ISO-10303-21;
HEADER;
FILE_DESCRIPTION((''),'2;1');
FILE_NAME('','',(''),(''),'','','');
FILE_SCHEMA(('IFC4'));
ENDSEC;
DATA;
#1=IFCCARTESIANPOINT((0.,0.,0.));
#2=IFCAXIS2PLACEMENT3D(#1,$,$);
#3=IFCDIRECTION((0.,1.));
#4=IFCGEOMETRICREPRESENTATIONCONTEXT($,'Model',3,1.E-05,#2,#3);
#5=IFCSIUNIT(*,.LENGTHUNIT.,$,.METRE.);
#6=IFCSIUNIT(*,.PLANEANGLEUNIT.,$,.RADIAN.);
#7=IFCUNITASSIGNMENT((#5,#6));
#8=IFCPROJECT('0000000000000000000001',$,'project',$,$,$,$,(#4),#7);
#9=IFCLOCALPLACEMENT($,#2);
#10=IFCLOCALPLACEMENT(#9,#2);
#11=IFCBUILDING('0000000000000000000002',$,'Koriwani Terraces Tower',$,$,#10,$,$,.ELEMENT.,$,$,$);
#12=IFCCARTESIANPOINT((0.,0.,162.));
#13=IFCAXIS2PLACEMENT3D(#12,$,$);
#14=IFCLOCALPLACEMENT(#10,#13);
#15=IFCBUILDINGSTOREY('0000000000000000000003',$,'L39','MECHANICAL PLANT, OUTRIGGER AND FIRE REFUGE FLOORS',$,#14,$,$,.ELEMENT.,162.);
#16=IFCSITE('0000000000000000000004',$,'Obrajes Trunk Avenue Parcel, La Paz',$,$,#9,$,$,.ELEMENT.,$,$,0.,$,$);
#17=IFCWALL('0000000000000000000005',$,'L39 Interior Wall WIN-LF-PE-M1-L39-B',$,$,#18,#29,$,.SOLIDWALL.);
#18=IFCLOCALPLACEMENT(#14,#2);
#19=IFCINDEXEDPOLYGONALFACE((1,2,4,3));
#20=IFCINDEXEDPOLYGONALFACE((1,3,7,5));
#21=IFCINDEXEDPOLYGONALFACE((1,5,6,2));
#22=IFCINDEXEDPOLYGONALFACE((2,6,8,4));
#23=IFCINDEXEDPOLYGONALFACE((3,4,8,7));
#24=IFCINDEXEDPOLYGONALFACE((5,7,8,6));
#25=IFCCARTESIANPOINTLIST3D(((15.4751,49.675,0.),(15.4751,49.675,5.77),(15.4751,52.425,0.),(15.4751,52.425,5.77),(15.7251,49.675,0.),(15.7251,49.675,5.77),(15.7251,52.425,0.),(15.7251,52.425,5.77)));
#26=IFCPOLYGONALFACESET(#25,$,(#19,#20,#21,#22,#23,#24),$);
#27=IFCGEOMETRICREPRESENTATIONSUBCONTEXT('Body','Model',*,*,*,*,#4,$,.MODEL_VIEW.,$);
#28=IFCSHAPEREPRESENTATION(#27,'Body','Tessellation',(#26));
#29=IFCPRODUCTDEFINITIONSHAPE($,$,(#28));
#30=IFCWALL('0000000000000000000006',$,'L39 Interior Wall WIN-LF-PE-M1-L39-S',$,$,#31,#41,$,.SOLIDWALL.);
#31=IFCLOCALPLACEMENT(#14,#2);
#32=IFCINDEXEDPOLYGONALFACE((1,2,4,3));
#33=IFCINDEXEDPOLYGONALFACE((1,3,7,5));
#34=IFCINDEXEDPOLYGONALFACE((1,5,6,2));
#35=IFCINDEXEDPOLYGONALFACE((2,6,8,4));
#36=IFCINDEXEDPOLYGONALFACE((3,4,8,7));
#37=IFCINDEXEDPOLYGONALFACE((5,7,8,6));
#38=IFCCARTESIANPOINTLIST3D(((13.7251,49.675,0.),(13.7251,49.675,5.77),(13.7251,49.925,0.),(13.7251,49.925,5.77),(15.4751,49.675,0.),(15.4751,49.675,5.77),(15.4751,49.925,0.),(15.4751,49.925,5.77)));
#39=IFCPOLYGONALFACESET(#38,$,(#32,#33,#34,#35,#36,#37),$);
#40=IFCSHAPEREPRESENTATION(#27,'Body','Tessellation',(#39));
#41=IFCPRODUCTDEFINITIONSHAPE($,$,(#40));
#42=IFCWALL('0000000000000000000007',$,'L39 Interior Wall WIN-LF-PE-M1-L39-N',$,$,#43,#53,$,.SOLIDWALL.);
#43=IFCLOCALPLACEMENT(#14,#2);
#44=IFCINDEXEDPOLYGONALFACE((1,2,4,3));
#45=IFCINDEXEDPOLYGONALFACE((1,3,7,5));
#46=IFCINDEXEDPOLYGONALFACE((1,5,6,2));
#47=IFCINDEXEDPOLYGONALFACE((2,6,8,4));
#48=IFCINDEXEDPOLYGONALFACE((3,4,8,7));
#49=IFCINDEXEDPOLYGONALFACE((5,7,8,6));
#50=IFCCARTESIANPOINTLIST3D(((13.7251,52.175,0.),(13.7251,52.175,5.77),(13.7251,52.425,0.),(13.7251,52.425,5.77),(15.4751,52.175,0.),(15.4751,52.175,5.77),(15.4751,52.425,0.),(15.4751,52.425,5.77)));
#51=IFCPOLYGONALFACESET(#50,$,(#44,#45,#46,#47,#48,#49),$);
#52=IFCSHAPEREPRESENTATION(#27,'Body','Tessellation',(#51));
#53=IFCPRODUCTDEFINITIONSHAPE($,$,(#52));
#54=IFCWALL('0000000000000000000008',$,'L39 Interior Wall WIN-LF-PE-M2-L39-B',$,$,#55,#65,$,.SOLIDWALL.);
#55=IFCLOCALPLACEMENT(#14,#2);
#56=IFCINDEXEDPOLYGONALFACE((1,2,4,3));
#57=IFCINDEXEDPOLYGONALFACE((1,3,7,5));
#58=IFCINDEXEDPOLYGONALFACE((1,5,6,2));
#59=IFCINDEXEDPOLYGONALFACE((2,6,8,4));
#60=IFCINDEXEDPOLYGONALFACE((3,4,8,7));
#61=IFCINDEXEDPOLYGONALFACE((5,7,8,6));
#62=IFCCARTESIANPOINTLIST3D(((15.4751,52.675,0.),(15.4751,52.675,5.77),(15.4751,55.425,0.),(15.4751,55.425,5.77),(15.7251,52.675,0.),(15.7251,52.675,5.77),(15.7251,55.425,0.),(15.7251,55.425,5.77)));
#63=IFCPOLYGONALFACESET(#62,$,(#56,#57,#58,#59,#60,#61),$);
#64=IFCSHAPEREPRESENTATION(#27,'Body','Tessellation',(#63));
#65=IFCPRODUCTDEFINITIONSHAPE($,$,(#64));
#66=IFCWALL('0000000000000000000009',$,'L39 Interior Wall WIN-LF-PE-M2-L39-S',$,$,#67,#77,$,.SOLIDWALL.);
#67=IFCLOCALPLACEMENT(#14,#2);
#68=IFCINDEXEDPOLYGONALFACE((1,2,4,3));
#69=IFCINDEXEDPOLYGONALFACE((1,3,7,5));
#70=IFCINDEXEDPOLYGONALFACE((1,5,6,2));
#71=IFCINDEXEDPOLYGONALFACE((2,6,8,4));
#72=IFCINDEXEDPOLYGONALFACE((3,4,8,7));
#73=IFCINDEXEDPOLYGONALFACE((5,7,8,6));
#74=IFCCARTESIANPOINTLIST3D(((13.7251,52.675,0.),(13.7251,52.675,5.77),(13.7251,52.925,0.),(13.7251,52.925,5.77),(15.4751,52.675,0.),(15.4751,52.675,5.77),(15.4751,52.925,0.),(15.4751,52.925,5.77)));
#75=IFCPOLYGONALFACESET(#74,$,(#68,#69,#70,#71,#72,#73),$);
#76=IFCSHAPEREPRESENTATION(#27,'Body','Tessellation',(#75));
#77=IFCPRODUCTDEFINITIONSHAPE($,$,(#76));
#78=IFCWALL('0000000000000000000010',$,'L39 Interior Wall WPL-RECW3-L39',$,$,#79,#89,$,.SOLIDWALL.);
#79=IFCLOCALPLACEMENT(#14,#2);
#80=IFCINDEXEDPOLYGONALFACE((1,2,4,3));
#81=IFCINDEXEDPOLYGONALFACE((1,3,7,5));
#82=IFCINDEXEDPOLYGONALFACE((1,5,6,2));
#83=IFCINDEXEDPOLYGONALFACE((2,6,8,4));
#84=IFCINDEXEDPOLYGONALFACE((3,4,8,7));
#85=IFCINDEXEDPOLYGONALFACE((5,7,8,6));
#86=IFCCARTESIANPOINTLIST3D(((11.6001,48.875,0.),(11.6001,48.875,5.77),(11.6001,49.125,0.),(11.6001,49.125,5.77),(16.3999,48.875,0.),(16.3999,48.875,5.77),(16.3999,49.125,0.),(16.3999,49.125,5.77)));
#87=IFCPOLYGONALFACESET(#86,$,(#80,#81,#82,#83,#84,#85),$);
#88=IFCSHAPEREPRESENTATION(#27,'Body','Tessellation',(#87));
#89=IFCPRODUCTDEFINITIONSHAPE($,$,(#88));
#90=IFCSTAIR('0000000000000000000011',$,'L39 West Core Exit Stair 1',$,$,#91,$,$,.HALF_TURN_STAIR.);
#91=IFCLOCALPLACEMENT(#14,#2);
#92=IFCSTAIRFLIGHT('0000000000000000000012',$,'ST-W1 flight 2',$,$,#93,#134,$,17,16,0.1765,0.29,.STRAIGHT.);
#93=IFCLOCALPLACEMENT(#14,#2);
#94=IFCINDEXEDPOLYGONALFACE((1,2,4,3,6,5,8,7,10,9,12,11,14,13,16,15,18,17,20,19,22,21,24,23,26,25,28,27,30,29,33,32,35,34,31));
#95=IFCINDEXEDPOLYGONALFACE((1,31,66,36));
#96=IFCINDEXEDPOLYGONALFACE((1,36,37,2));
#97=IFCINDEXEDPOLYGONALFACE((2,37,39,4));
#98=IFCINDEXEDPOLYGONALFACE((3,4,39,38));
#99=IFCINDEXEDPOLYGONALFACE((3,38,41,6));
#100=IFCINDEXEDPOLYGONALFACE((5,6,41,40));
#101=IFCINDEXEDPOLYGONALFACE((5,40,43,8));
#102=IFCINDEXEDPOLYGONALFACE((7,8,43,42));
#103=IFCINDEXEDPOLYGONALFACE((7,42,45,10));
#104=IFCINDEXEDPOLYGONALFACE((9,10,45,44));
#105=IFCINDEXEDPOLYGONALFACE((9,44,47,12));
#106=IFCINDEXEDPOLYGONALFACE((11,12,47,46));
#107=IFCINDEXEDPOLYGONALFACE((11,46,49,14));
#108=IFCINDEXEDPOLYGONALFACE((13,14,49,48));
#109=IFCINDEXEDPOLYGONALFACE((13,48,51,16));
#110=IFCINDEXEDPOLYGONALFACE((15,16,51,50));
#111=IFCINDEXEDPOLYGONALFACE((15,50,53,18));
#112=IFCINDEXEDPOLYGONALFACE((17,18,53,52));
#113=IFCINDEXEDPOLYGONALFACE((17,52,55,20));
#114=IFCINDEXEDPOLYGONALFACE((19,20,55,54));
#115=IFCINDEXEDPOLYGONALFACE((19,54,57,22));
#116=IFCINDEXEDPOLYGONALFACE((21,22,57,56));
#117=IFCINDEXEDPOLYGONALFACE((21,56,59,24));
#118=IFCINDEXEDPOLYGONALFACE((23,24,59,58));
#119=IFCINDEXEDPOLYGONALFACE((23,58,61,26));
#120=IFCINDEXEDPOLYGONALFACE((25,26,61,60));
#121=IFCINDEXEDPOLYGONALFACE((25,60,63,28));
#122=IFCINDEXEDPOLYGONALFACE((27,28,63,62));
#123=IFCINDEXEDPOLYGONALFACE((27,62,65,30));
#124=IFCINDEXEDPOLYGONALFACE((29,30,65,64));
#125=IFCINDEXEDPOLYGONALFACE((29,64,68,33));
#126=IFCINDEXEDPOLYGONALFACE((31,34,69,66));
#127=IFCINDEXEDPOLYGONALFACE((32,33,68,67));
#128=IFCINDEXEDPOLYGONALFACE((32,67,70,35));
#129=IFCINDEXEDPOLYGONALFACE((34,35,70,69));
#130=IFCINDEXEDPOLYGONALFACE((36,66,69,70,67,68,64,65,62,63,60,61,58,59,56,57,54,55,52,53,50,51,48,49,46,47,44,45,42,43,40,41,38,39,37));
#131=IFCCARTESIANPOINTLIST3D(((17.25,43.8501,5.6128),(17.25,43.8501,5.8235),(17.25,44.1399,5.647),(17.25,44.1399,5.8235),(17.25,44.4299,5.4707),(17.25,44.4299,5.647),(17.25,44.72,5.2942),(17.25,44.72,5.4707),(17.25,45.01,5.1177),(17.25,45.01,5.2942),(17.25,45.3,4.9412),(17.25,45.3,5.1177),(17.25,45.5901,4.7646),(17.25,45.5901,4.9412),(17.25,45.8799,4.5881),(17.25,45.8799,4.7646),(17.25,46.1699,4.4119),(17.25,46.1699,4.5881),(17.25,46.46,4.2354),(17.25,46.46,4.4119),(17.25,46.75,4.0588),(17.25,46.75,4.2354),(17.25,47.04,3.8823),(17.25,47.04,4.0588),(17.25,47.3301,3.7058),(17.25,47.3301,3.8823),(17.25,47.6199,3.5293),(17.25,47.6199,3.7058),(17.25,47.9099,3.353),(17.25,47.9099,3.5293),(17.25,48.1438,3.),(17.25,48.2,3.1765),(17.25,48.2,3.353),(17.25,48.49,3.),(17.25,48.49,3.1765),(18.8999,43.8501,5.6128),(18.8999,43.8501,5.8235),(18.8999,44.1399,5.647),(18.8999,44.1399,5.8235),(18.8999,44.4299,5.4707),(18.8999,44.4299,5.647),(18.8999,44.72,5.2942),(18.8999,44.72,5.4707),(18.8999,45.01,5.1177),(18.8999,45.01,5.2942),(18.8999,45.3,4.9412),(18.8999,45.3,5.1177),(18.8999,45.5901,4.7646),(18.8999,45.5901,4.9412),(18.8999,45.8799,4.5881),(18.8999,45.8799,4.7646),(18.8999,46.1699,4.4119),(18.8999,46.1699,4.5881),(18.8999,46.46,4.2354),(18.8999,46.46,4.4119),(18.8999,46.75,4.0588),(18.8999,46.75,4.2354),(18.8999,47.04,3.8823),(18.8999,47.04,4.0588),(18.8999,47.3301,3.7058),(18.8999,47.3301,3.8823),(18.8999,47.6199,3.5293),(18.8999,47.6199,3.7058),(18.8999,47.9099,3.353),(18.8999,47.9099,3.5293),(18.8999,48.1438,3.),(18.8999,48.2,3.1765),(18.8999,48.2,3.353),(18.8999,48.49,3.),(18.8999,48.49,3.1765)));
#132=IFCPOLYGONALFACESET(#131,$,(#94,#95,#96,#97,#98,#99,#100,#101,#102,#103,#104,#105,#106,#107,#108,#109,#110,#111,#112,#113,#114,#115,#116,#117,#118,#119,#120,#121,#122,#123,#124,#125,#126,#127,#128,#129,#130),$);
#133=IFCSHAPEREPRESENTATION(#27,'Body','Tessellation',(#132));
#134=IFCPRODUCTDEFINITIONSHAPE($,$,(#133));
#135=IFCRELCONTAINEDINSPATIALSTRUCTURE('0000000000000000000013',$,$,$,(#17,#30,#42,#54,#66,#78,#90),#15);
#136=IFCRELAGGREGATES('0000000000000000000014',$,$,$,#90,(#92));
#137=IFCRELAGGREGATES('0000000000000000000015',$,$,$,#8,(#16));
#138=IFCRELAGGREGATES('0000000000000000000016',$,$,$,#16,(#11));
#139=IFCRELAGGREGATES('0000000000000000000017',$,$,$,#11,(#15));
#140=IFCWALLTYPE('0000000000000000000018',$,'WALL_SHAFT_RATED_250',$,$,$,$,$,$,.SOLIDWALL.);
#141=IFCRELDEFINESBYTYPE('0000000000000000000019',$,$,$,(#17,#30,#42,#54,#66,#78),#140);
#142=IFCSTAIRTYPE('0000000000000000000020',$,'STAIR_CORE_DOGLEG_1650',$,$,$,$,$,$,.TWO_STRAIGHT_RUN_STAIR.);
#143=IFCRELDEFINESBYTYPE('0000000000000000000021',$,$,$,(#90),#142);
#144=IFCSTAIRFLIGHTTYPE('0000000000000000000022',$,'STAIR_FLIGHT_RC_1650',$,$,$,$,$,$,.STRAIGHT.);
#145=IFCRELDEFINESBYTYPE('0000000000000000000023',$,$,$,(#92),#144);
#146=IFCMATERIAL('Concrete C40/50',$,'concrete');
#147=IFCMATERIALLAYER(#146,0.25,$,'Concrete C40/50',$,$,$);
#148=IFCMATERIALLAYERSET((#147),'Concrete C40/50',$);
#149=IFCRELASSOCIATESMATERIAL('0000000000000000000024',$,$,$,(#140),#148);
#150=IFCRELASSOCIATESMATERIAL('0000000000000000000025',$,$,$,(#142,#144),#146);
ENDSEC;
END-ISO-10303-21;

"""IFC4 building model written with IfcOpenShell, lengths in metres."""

from ifc_helpers import new_model, si_unit, direction, frame, frame_2d, origin, place, context, subcontext, project, spatial, polyline, rectangle, outline, extrude, material, layer, layer_set, type_object, element, aggregate, save


model = new_model("IFC4")

# Units and contexts
model_context = context("Model", 3, precision=1e-05, world=origin(), true_north=direction((0.0, 1.0)))
body_context = subcontext(model_context, "Body", "Model", "MODEL_VIEW")
ifc_project = project(units=[si_unit("LENGTHUNIT", "METRE"), si_unit("PLANEANGLEUNIT", "RADIAN")], contexts=[model_context])

# Site, building, storey
site_placement = place(None, origin())
site = spatial("IfcSite", under=ifc_project, at=site_placement, Name="Obrajes Trunk Avenue Parcel, La Paz", CompositionType="ELEMENT", RefElevation=0.0)
building_placement = place(site_placement, origin())
building = spatial("IfcBuilding", under=site, at=building_placement, Name="Koriwani Terraces Tower", CompositionType="ELEMENT")
storey_placement = place(building_placement, frame((0.0, 0.0, 162.0)))
storey = spatial("IfcBuildingStorey", under=building, at=storey_placement, Name="L39", Description="MECHANICAL PLANT, OUTRIGGER AND FIRE REFUGE FLOORS", CompositionType="ELEMENT", Elevation=162.0)

# Shared definitions
ifc_material_1 = material(Name="Concrete C40/50", Category="concrete")

# Shared definitions
ifc_layer_1 = layer(ifc_material_1, 0.25, Name="Concrete C40/50")
ifc_layer_set_1 = layer_set([ifc_layer_1], Name="Concrete C40/50")
wall_type = type_object("IfcWallType", Name="WALL_SHAFT_RATED_250", PredefinedType="SOLIDWALL", material=ifc_layer_set_1)

# Walls
wall_1_placement = place(storey_placement, frame((15.6001, 49.675, 0.0), z_axis=(0.0, 0.0, 1.0), x_axis=(0.0, 1.0, 0.0)))
element("IfcWall", 1, at=wall_1_placement, inside=storey, type_object=wall_type, Name="L39 Interior Wall WIN-LF-PE-M1-L39-B", PredefinedType="SOLIDWALL", context=body_context, shape_type="SweptSolid", body=[
    extrude(rectangle(XDim=2.75, YDim=0.25, at=frame_2d((1.375, 0.0))), origin(), (0.0, 0.0, 1.0), 5.77),
])
for number, where, z_axis, x_axis, name in (
    (2, (13.7251, 49.8, 0.0), (0.0, 0.0, 1.0), (1.0, 0.0, 0.0), "L39 Interior Wall WIN-LF-PE-M1-L39-S"),
    (3, (13.7251, 52.3, 0.0), (0.0, 0.0, 1.0), (1.0, 0.0, 0.0), "L39 Interior Wall WIN-LF-PE-M1-L39-N"),
):
    element("IfcWall", number, at=place(storey_placement, frame(where, z_axis=z_axis, x_axis=x_axis)), inside=storey, type_object=wall_type, Name=name, PredefinedType="SOLIDWALL", context=body_context, shape_type="SweptSolid", body=[
        extrude(rectangle(XDim=1.75, YDim=0.25, at=frame_2d((0.875, 0.0))), origin(), (0.0, 0.0, 1.0), 5.77),
    ])

# Walls
wall_2_placement = place(storey_placement, frame((15.6001, 52.675, 0.0), z_axis=(0.0, 0.0, 1.0), x_axis=(0.0, 1.0, 0.0)))
element("IfcWall", 4, at=wall_2_placement, inside=storey, type_object=wall_type, Name="L39 Interior Wall WIN-LF-PE-M2-L39-B", PredefinedType="SOLIDWALL", context=body_context, shape_type="SweptSolid", body=[
    extrude(rectangle(XDim=2.75, YDim=0.25, at=frame_2d((1.375, 0.0))), origin(), (0.0, 0.0, 1.0), 5.77),
])
wall_3_placement = place(storey_placement, frame((13.7251, 52.8, 0.0), z_axis=(0.0, 0.0, 1.0), x_axis=(1.0, 0.0, 0.0)))
element("IfcWall", 5, at=wall_3_placement, inside=storey, type_object=wall_type, Name="L39 Interior Wall WIN-LF-PE-M2-L39-S", PredefinedType="SOLIDWALL", context=body_context, shape_type="SweptSolid", body=[
    extrude(rectangle(XDim=1.75, YDim=0.25, at=frame_2d((0.875, 0.0))), origin(), (0.0, 0.0, 1.0), 5.77),
])
wall_4_placement = place(storey_placement, frame((11.6001, 49.0, 0.0), z_axis=(0.0, 0.0, 1.0), x_axis=(1.0, 0.0, 0.0)))
element("IfcWall", 6, at=wall_4_placement, inside=storey, type_object=wall_type, Name="L39 Interior Wall WPL-RECW3-L39", PredefinedType="SOLIDWALL", context=body_context, shape_type="SweptSolid", body=[
    extrude(rectangle(XDim=4.7998, YDim=0.25, at=frame_2d((2.3999, 0.0))), origin(), (0.0, 0.0, 1.0), 5.77),
])

# Stair, stair flight
stair_type = type_object("IfcStairType", Name="STAIR_CORE_DOGLEG_1650", PredefinedType="TWO_STRAIGHT_RUN_STAIR", material=ifc_material_1)
stair_placement = place(storey_placement, origin())
stair = element("IfcStair", 7, at=stair_placement, inside=storey, type_object=stair_type, Name="L39 West Core Exit Stair 1", PredefinedType="HALF_TURN_STAIR")
stair_flight_type = type_object("IfcStairFlightType", Name="STAIR_FLIGHT_RC_1650", PredefinedType="STRAIGHT", material=ifc_material_1)
stair_flight_placement = place(storey_placement, frame((18.075, 48.49, 3.0), z_axis=(0.0, 0.0, 1.0), x_axis=(0.0, -1.0, 0.0)))
stair_flight = element("IfcStairFlight", 8, at=stair_flight_placement, type_object=stair_flight_type, Name="ST-W1 flight 2", NumberOfRisers=17, NumberOfTreads=16, PredefinedType="STRAIGHT", RiserHeight=0.1765, TreadLength=0.29, context=body_context, shape_type="SweptSolid", body=[
    extrude(outline(polyline([(0.0, 0.0), (0.0, 0.1765), (0.29, 0.1765), (0.29, 0.353), (0.5801, 0.353), (0.5801, 0.5293), (0.8701, 0.5293), (0.8701, 0.7058), (1.1599, 0.7058), (1.1599, 0.8823), (1.45, 0.8823), (1.45, 1.0588), (1.74, 1.0588), (1.74, 1.2354), (2.03, 1.2354), (2.03, 1.4119), (2.3201, 1.4119), (2.3201, 1.5881), (2.6101, 1.5881), (2.6101, 1.7646), (2.8999, 1.7646), (2.8999, 1.9412), (3.1899, 1.9412), (3.1899, 2.1177), (3.48, 2.1177), (3.48, 2.2942), (3.77, 2.2942), (3.77, 2.4707), (4.0601, 2.4707), (4.0601, 2.647), (4.3501, 2.647), (4.3501, 2.8235), (4.6399, 2.8235), (4.6399, 3.0), (4.6399, 2.6128), (0.3462, 0.0), (0.0, 0.0)])), frame((0.0, 0.825, 0.0), z_axis=(0.0, -1.0, 0.0), x_axis=(1.0, 0.0, 0.0)), (0.0, 0.0, 1.0), 1.6499),
])
aggregate(stair, [stair_flight])

save(model, "model.ifc")
